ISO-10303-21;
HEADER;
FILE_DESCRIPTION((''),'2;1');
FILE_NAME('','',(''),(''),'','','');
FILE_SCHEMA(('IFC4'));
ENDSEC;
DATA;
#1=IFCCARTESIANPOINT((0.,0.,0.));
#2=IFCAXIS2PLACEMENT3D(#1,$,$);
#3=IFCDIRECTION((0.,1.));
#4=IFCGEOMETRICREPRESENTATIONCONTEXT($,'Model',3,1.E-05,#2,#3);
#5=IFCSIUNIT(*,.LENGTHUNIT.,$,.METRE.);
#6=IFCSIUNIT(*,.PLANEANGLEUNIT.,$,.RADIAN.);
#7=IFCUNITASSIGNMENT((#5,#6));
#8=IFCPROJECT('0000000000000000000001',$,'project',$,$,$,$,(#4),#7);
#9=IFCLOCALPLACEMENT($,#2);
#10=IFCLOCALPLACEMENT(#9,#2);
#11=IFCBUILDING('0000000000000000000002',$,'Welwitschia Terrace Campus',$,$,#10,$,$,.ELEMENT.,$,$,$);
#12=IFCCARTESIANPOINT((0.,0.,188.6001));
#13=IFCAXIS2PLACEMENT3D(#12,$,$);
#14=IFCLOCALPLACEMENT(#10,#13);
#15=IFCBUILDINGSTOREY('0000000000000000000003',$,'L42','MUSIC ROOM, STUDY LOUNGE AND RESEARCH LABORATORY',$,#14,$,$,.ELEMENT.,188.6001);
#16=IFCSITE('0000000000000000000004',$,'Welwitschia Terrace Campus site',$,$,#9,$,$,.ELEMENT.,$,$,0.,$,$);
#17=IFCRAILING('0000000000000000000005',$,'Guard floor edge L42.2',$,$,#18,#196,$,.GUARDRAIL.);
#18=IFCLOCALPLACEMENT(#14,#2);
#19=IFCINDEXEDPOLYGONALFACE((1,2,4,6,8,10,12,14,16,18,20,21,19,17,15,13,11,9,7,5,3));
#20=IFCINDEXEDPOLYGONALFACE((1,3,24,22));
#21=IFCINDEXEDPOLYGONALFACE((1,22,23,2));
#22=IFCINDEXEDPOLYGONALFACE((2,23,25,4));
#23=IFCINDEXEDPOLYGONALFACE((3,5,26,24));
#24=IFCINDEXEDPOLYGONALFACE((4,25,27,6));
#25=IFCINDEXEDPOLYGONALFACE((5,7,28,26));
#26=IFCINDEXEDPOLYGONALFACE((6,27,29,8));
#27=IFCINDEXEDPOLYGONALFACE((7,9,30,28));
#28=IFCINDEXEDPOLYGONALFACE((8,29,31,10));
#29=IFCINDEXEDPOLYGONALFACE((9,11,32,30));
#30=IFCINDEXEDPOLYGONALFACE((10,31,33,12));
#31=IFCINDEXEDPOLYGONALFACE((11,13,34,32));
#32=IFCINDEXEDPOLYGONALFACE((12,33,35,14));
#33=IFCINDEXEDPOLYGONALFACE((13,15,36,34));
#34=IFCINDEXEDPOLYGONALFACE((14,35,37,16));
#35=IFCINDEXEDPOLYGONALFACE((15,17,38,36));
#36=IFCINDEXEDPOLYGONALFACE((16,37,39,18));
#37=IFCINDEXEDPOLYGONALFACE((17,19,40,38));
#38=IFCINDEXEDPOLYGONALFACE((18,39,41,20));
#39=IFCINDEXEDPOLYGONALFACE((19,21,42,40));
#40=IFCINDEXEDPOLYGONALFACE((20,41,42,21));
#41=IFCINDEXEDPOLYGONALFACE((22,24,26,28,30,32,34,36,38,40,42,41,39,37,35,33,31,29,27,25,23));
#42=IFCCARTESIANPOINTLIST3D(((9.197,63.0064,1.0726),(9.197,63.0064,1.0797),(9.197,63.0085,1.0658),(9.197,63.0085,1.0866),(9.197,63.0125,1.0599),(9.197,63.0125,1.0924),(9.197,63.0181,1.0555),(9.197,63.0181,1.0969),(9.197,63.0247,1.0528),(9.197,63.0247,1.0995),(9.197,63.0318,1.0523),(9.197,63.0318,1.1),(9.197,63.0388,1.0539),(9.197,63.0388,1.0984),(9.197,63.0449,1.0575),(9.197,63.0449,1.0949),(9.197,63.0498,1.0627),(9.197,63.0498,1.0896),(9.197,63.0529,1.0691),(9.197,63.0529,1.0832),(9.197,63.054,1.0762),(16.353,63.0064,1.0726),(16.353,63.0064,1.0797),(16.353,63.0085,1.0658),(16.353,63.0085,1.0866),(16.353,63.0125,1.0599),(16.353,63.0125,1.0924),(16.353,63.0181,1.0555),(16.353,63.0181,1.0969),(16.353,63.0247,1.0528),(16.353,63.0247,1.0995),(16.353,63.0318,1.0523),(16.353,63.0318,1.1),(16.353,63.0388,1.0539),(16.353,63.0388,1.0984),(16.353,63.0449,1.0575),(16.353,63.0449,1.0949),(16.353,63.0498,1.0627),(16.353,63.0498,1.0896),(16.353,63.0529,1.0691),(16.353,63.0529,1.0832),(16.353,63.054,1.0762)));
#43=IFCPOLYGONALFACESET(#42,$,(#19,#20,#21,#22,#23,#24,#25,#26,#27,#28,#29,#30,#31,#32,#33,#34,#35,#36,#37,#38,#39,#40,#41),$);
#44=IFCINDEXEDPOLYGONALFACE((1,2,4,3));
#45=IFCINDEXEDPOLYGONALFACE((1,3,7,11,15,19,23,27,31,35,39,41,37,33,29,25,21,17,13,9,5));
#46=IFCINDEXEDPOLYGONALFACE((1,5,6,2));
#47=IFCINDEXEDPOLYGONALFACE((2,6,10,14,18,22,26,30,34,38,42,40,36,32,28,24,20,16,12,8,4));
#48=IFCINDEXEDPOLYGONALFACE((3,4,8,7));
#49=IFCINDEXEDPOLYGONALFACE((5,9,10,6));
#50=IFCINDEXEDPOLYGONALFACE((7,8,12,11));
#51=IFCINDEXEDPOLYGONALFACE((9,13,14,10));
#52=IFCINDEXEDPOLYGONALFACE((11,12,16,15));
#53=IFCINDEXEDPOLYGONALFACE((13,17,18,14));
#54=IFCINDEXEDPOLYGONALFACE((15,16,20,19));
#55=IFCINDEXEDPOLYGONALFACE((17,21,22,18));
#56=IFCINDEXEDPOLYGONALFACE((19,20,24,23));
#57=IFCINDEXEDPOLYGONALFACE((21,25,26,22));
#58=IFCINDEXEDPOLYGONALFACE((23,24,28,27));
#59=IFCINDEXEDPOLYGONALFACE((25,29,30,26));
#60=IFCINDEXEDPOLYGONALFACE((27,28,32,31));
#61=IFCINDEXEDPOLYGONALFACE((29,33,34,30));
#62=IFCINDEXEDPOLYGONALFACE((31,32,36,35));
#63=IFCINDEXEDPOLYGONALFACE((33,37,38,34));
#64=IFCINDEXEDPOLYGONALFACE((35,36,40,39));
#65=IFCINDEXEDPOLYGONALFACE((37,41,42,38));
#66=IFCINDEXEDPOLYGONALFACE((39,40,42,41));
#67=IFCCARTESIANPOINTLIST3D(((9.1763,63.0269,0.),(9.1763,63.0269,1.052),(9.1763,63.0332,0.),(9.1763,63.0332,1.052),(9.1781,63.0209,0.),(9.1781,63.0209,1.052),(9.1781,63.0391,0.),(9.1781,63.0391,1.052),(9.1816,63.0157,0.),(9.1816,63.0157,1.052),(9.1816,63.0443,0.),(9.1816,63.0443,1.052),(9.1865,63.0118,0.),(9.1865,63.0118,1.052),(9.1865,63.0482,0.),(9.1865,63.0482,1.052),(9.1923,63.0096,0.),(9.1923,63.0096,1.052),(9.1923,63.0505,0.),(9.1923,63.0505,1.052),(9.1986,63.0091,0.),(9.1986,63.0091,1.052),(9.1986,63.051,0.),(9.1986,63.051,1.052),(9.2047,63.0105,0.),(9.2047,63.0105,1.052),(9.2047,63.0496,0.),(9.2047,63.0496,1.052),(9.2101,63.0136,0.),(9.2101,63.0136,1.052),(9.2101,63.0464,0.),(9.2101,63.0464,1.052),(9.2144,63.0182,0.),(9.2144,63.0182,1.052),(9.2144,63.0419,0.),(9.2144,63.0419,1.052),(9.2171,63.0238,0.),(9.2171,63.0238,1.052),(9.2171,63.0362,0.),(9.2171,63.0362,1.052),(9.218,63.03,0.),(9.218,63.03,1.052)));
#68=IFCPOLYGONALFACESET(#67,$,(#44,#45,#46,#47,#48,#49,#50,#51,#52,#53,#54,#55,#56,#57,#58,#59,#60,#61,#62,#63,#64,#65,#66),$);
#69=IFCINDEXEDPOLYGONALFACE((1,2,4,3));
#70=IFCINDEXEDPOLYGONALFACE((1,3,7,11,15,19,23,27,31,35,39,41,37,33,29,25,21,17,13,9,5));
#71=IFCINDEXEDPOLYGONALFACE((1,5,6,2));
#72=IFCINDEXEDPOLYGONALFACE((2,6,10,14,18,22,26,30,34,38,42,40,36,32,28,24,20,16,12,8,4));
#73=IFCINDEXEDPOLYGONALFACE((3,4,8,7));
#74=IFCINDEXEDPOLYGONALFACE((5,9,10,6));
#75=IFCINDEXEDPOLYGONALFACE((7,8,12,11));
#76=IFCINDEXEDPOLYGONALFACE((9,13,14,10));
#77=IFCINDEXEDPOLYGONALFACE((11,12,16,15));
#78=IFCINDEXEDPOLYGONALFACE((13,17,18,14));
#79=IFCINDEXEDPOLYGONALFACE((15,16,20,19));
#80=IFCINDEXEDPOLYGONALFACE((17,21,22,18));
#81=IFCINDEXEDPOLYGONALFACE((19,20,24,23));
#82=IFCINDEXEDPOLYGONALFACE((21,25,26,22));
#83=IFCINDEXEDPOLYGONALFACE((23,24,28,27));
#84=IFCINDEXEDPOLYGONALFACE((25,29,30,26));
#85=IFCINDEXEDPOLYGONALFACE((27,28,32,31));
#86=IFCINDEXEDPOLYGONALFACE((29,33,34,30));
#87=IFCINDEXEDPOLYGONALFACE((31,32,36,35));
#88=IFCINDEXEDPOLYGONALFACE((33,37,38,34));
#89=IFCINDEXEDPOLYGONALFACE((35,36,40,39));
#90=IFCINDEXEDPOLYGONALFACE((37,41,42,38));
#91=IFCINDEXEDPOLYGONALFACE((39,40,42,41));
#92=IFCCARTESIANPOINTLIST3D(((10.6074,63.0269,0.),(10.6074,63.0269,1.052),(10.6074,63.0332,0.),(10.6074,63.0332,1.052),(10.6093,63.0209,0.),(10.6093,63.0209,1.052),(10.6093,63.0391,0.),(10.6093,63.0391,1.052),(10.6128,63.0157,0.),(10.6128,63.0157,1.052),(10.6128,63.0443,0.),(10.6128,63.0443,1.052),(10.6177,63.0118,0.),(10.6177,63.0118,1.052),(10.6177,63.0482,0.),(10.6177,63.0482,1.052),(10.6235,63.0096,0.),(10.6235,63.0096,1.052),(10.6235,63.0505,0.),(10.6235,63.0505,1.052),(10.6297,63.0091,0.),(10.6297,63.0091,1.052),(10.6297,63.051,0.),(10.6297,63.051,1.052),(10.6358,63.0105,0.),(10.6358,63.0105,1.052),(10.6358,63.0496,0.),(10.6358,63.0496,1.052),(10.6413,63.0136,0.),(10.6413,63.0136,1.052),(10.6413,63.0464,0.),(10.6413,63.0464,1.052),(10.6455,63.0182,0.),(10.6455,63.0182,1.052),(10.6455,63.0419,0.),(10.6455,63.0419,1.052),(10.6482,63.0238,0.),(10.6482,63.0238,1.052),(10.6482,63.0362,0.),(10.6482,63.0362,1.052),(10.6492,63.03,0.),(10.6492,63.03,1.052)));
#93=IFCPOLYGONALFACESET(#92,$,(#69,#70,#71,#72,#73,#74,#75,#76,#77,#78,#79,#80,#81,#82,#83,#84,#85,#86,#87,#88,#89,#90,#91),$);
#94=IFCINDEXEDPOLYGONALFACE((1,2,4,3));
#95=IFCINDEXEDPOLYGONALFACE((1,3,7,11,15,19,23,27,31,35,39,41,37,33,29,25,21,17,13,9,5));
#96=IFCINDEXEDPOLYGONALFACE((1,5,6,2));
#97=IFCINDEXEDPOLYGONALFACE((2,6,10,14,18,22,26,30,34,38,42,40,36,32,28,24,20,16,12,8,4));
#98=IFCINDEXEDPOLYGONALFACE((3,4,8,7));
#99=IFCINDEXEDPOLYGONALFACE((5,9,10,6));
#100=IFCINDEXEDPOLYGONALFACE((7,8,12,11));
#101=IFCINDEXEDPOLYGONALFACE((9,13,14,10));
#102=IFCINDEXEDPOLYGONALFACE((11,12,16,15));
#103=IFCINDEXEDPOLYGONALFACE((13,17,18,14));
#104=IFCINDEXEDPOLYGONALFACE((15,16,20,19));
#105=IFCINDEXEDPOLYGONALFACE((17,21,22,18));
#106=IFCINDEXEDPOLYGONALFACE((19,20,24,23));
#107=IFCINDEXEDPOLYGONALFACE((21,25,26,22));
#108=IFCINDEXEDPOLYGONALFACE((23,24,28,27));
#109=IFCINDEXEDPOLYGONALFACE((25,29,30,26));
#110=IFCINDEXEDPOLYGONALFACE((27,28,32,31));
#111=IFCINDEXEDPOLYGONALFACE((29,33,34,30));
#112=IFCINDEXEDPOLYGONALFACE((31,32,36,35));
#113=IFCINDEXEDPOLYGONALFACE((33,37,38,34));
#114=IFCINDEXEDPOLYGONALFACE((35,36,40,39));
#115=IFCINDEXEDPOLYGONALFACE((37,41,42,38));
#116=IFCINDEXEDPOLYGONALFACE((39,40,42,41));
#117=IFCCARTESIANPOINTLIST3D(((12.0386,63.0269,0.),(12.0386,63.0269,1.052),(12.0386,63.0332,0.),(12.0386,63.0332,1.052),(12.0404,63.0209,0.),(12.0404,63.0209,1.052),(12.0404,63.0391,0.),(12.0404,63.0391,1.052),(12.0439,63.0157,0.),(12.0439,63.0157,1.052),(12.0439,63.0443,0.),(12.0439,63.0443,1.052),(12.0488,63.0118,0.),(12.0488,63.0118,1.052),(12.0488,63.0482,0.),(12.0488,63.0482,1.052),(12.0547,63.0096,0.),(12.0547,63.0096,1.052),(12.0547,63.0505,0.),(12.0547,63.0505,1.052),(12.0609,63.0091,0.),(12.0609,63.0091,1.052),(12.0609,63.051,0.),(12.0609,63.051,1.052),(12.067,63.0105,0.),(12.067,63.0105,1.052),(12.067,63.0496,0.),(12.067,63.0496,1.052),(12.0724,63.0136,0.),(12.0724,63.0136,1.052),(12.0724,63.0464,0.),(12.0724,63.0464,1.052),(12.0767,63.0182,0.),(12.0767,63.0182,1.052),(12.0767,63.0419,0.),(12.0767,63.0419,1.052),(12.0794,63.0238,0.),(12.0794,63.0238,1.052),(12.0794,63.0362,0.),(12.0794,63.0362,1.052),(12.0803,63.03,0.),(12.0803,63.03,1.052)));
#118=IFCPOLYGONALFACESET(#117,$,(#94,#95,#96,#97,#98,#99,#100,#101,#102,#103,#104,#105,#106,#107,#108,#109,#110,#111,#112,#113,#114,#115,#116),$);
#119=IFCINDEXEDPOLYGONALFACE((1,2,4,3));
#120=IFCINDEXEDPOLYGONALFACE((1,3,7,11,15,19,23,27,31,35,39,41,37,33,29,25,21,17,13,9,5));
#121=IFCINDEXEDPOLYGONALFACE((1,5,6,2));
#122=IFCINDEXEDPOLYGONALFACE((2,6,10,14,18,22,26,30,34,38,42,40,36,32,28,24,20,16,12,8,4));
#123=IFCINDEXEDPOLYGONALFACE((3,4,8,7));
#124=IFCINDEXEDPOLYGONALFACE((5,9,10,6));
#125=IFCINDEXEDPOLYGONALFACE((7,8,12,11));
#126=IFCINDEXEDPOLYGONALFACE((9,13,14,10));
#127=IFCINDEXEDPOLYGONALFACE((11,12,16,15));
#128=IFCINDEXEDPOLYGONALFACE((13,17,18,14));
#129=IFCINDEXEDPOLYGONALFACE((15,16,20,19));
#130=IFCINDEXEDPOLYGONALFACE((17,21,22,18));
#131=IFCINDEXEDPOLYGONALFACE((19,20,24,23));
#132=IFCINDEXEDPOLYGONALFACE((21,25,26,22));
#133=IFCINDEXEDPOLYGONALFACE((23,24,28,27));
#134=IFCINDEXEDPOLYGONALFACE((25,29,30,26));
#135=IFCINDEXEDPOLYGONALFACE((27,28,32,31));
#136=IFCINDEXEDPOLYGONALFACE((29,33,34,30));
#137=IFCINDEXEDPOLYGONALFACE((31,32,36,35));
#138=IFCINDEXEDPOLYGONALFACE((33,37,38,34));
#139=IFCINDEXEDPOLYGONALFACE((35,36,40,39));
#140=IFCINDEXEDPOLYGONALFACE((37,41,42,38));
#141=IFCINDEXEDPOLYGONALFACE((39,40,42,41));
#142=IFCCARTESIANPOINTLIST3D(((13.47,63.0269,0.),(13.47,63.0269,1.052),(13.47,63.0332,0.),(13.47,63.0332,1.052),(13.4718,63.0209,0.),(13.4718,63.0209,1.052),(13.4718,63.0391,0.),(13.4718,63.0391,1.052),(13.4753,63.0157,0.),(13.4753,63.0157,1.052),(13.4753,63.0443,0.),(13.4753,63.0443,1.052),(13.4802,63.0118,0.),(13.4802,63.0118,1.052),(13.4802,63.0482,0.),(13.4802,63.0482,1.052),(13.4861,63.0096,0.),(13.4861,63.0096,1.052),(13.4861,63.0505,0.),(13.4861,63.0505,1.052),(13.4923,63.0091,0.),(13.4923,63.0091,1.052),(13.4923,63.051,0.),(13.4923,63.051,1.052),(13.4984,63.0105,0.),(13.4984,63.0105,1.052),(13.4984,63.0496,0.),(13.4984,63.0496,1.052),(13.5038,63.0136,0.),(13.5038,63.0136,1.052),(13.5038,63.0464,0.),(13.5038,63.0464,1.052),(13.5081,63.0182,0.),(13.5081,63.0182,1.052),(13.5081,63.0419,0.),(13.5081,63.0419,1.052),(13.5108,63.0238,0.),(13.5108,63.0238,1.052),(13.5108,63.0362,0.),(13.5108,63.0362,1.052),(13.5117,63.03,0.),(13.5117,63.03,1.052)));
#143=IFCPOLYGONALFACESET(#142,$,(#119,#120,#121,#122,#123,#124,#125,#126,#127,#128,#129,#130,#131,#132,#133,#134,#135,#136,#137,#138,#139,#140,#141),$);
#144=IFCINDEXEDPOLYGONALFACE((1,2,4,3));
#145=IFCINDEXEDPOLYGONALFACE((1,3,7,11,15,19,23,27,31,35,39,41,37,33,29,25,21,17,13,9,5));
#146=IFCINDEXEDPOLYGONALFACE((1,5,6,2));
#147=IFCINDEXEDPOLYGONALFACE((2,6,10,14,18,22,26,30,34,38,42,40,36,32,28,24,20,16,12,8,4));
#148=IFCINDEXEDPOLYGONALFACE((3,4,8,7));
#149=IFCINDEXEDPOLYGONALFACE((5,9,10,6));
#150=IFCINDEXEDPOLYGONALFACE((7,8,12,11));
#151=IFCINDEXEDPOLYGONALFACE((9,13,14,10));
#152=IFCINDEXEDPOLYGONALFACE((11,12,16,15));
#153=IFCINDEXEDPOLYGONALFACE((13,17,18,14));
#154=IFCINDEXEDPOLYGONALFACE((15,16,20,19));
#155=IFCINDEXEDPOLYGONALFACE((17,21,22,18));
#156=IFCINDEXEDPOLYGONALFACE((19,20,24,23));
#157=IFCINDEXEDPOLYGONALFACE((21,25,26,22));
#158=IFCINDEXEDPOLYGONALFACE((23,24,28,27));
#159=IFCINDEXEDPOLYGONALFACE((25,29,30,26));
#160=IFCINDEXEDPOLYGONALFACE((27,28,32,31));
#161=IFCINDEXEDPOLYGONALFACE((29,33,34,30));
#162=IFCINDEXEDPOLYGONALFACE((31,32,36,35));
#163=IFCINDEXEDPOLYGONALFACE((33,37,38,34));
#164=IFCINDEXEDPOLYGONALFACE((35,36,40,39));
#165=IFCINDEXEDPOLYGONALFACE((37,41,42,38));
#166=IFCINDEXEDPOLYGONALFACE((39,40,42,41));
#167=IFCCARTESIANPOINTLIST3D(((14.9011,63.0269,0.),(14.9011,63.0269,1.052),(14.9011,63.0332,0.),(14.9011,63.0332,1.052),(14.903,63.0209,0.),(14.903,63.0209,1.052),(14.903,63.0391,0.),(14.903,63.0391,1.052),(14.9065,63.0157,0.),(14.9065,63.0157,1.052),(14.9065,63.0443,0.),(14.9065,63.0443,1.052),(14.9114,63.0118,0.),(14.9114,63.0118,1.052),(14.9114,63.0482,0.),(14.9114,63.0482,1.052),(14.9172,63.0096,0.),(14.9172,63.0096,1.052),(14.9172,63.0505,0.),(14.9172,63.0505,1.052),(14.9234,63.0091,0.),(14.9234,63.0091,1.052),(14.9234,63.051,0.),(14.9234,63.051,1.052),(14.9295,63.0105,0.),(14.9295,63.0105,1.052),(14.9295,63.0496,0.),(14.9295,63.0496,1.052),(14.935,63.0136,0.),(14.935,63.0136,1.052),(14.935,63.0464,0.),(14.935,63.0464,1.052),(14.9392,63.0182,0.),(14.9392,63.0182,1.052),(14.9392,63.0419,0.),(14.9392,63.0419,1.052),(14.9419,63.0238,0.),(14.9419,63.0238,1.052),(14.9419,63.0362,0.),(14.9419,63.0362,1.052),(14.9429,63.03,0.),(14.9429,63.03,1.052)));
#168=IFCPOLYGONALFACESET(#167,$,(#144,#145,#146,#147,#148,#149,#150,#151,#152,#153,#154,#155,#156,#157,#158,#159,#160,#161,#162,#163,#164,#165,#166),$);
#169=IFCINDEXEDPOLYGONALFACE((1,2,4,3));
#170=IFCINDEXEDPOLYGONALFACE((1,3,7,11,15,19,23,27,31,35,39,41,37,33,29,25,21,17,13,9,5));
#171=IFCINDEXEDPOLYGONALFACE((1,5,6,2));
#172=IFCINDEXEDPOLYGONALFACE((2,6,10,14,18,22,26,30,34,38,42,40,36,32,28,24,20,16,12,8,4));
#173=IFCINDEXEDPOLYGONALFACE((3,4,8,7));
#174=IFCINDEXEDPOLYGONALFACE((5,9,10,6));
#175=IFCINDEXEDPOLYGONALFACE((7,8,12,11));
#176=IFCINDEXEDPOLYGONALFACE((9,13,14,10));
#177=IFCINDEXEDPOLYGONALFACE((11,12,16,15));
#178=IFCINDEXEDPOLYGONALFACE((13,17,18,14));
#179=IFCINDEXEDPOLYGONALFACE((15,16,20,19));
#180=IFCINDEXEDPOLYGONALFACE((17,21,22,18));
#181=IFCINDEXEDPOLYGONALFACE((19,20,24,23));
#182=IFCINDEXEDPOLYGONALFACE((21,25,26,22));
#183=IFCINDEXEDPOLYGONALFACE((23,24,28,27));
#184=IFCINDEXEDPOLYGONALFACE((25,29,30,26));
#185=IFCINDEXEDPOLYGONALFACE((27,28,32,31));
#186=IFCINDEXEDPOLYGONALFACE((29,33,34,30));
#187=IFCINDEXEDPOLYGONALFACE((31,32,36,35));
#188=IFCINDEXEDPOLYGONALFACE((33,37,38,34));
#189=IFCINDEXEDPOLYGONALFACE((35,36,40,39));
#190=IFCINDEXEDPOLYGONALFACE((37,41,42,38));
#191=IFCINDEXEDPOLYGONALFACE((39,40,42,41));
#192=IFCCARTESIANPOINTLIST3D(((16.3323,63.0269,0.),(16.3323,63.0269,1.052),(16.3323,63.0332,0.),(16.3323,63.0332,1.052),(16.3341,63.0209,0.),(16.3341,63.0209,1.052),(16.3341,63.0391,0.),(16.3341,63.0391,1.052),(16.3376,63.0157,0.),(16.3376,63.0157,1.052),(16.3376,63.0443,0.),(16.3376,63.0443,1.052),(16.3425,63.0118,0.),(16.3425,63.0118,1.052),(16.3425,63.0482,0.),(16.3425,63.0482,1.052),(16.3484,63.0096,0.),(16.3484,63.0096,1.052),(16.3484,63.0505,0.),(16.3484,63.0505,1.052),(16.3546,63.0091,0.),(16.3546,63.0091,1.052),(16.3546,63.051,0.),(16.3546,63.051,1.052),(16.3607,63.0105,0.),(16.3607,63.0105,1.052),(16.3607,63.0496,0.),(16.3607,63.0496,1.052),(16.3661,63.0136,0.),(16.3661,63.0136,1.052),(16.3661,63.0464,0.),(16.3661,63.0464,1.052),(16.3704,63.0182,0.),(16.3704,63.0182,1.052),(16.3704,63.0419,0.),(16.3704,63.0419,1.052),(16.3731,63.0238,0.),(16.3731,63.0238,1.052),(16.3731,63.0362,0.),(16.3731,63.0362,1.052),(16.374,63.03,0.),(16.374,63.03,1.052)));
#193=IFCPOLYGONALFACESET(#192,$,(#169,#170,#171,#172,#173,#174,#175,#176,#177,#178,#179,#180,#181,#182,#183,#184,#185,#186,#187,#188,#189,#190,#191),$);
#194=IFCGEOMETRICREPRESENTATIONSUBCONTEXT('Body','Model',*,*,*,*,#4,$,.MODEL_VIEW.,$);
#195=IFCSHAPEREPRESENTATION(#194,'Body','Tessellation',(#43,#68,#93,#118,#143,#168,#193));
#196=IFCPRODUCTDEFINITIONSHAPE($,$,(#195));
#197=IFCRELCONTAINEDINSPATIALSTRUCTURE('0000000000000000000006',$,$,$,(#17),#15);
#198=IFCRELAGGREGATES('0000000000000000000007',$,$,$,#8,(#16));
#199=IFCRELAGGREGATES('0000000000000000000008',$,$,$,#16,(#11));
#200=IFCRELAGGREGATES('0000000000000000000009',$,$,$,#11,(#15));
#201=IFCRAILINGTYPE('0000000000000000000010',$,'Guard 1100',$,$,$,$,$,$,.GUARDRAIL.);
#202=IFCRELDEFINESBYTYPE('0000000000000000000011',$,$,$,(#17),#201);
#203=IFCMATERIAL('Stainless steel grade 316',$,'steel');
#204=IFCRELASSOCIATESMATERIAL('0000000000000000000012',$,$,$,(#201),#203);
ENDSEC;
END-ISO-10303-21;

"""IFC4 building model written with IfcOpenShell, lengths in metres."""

from ifc_helpers import new_model, si_unit, direction, frame, origin, origin_2d, place, context, subcontext, project, spatial, circle, extrude, material, type_object, element, save


model = new_model("IFC4")

# Units and contexts
model_context = context("Model", 3, precision=1e-05, world=origin(), true_north=direction((0.0, 1.0)))
body_context = subcontext(model_context, "Body", "Model", "MODEL_VIEW")
ifc_project = project(units=[si_unit("LENGTHUNIT", "METRE"), si_unit("PLANEANGLEUNIT", "RADIAN")], contexts=[model_context])

# Site, building, storey
site_placement = place(None, origin())
site = spatial("IfcSite", under=ifc_project, at=site_placement, Name="Welwitschia Terrace Campus site", CompositionType="ELEMENT", RefElevation=0.0)
building_placement = place(site_placement, origin())
building = spatial("IfcBuilding", under=site, at=building_placement, Name="Welwitschia Terrace Campus", CompositionType="ELEMENT")
storey_placement = place(building_placement, frame((0.0, 0.0, 188.6001)))
storey = spatial("IfcBuildingStorey", under=building, at=storey_placement, Name="L42", Description="MUSIC ROOM, STUDY LOUNGE AND RESEARCH LABORATORY", CompositionType="ELEMENT", Elevation=188.6001)

# Railing
ifc_material_1 = material(Name="Stainless steel grade 316", Category="steel")
railing_type = type_object("IfcRailingType", Name="Guard 1100", PredefinedType="GUARDRAIL", material=ifc_material_1)
railing_1_placement = place(storey_placement, frame((9.197, 63.03, 0.0)))
element("IfcRailing", 1, at=railing_1_placement, inside=storey, type_object=railing_type, Name="Guard floor edge L42.2", PredefinedType="GUARDRAIL", context=body_context, shape_type="SweptSolid", body=[
    extrude(circle(Radius=0.0239, at=origin_2d()), frame((0.0, 0.0, 1.0762), z_axis=(1.0, 0.0, 0.0), x_axis=(0.0, 1.0, 0.0)), (0.0, 0.0, 1.0), 7.156),
    extrude(circle(Radius=0.021, at=origin_2d()), origin(), (0.0, 0.0, 1.0), 1.052),
    extrude(circle(Radius=0.021, at=origin_2d()), frame((1.4312, 0.0, 0.0)), (0.0, 0.0, 1.0), 1.052),
    extrude(circle(Radius=0.021, at=origin_2d()), frame((2.8623, 0.0, 0.0)), (0.0, 0.0, 1.0), 1.052),
    extrude(circle(Radius=0.021, at=origin_2d()), frame((4.2937, 0.0, 0.0)), (0.0, 0.0, 1.0), 1.052),
    extrude(circle(Radius=0.021, at=origin_2d()), frame((5.7249, 0.0, 0.0)), (0.0, 0.0, 1.0), 1.052),
    extrude(circle(Radius=0.021, at=origin_2d()), frame((7.156, 0.0, 0.0)), (0.0, 0.0, 1.0), 1.052),
])

save(model, "model.ifc")
